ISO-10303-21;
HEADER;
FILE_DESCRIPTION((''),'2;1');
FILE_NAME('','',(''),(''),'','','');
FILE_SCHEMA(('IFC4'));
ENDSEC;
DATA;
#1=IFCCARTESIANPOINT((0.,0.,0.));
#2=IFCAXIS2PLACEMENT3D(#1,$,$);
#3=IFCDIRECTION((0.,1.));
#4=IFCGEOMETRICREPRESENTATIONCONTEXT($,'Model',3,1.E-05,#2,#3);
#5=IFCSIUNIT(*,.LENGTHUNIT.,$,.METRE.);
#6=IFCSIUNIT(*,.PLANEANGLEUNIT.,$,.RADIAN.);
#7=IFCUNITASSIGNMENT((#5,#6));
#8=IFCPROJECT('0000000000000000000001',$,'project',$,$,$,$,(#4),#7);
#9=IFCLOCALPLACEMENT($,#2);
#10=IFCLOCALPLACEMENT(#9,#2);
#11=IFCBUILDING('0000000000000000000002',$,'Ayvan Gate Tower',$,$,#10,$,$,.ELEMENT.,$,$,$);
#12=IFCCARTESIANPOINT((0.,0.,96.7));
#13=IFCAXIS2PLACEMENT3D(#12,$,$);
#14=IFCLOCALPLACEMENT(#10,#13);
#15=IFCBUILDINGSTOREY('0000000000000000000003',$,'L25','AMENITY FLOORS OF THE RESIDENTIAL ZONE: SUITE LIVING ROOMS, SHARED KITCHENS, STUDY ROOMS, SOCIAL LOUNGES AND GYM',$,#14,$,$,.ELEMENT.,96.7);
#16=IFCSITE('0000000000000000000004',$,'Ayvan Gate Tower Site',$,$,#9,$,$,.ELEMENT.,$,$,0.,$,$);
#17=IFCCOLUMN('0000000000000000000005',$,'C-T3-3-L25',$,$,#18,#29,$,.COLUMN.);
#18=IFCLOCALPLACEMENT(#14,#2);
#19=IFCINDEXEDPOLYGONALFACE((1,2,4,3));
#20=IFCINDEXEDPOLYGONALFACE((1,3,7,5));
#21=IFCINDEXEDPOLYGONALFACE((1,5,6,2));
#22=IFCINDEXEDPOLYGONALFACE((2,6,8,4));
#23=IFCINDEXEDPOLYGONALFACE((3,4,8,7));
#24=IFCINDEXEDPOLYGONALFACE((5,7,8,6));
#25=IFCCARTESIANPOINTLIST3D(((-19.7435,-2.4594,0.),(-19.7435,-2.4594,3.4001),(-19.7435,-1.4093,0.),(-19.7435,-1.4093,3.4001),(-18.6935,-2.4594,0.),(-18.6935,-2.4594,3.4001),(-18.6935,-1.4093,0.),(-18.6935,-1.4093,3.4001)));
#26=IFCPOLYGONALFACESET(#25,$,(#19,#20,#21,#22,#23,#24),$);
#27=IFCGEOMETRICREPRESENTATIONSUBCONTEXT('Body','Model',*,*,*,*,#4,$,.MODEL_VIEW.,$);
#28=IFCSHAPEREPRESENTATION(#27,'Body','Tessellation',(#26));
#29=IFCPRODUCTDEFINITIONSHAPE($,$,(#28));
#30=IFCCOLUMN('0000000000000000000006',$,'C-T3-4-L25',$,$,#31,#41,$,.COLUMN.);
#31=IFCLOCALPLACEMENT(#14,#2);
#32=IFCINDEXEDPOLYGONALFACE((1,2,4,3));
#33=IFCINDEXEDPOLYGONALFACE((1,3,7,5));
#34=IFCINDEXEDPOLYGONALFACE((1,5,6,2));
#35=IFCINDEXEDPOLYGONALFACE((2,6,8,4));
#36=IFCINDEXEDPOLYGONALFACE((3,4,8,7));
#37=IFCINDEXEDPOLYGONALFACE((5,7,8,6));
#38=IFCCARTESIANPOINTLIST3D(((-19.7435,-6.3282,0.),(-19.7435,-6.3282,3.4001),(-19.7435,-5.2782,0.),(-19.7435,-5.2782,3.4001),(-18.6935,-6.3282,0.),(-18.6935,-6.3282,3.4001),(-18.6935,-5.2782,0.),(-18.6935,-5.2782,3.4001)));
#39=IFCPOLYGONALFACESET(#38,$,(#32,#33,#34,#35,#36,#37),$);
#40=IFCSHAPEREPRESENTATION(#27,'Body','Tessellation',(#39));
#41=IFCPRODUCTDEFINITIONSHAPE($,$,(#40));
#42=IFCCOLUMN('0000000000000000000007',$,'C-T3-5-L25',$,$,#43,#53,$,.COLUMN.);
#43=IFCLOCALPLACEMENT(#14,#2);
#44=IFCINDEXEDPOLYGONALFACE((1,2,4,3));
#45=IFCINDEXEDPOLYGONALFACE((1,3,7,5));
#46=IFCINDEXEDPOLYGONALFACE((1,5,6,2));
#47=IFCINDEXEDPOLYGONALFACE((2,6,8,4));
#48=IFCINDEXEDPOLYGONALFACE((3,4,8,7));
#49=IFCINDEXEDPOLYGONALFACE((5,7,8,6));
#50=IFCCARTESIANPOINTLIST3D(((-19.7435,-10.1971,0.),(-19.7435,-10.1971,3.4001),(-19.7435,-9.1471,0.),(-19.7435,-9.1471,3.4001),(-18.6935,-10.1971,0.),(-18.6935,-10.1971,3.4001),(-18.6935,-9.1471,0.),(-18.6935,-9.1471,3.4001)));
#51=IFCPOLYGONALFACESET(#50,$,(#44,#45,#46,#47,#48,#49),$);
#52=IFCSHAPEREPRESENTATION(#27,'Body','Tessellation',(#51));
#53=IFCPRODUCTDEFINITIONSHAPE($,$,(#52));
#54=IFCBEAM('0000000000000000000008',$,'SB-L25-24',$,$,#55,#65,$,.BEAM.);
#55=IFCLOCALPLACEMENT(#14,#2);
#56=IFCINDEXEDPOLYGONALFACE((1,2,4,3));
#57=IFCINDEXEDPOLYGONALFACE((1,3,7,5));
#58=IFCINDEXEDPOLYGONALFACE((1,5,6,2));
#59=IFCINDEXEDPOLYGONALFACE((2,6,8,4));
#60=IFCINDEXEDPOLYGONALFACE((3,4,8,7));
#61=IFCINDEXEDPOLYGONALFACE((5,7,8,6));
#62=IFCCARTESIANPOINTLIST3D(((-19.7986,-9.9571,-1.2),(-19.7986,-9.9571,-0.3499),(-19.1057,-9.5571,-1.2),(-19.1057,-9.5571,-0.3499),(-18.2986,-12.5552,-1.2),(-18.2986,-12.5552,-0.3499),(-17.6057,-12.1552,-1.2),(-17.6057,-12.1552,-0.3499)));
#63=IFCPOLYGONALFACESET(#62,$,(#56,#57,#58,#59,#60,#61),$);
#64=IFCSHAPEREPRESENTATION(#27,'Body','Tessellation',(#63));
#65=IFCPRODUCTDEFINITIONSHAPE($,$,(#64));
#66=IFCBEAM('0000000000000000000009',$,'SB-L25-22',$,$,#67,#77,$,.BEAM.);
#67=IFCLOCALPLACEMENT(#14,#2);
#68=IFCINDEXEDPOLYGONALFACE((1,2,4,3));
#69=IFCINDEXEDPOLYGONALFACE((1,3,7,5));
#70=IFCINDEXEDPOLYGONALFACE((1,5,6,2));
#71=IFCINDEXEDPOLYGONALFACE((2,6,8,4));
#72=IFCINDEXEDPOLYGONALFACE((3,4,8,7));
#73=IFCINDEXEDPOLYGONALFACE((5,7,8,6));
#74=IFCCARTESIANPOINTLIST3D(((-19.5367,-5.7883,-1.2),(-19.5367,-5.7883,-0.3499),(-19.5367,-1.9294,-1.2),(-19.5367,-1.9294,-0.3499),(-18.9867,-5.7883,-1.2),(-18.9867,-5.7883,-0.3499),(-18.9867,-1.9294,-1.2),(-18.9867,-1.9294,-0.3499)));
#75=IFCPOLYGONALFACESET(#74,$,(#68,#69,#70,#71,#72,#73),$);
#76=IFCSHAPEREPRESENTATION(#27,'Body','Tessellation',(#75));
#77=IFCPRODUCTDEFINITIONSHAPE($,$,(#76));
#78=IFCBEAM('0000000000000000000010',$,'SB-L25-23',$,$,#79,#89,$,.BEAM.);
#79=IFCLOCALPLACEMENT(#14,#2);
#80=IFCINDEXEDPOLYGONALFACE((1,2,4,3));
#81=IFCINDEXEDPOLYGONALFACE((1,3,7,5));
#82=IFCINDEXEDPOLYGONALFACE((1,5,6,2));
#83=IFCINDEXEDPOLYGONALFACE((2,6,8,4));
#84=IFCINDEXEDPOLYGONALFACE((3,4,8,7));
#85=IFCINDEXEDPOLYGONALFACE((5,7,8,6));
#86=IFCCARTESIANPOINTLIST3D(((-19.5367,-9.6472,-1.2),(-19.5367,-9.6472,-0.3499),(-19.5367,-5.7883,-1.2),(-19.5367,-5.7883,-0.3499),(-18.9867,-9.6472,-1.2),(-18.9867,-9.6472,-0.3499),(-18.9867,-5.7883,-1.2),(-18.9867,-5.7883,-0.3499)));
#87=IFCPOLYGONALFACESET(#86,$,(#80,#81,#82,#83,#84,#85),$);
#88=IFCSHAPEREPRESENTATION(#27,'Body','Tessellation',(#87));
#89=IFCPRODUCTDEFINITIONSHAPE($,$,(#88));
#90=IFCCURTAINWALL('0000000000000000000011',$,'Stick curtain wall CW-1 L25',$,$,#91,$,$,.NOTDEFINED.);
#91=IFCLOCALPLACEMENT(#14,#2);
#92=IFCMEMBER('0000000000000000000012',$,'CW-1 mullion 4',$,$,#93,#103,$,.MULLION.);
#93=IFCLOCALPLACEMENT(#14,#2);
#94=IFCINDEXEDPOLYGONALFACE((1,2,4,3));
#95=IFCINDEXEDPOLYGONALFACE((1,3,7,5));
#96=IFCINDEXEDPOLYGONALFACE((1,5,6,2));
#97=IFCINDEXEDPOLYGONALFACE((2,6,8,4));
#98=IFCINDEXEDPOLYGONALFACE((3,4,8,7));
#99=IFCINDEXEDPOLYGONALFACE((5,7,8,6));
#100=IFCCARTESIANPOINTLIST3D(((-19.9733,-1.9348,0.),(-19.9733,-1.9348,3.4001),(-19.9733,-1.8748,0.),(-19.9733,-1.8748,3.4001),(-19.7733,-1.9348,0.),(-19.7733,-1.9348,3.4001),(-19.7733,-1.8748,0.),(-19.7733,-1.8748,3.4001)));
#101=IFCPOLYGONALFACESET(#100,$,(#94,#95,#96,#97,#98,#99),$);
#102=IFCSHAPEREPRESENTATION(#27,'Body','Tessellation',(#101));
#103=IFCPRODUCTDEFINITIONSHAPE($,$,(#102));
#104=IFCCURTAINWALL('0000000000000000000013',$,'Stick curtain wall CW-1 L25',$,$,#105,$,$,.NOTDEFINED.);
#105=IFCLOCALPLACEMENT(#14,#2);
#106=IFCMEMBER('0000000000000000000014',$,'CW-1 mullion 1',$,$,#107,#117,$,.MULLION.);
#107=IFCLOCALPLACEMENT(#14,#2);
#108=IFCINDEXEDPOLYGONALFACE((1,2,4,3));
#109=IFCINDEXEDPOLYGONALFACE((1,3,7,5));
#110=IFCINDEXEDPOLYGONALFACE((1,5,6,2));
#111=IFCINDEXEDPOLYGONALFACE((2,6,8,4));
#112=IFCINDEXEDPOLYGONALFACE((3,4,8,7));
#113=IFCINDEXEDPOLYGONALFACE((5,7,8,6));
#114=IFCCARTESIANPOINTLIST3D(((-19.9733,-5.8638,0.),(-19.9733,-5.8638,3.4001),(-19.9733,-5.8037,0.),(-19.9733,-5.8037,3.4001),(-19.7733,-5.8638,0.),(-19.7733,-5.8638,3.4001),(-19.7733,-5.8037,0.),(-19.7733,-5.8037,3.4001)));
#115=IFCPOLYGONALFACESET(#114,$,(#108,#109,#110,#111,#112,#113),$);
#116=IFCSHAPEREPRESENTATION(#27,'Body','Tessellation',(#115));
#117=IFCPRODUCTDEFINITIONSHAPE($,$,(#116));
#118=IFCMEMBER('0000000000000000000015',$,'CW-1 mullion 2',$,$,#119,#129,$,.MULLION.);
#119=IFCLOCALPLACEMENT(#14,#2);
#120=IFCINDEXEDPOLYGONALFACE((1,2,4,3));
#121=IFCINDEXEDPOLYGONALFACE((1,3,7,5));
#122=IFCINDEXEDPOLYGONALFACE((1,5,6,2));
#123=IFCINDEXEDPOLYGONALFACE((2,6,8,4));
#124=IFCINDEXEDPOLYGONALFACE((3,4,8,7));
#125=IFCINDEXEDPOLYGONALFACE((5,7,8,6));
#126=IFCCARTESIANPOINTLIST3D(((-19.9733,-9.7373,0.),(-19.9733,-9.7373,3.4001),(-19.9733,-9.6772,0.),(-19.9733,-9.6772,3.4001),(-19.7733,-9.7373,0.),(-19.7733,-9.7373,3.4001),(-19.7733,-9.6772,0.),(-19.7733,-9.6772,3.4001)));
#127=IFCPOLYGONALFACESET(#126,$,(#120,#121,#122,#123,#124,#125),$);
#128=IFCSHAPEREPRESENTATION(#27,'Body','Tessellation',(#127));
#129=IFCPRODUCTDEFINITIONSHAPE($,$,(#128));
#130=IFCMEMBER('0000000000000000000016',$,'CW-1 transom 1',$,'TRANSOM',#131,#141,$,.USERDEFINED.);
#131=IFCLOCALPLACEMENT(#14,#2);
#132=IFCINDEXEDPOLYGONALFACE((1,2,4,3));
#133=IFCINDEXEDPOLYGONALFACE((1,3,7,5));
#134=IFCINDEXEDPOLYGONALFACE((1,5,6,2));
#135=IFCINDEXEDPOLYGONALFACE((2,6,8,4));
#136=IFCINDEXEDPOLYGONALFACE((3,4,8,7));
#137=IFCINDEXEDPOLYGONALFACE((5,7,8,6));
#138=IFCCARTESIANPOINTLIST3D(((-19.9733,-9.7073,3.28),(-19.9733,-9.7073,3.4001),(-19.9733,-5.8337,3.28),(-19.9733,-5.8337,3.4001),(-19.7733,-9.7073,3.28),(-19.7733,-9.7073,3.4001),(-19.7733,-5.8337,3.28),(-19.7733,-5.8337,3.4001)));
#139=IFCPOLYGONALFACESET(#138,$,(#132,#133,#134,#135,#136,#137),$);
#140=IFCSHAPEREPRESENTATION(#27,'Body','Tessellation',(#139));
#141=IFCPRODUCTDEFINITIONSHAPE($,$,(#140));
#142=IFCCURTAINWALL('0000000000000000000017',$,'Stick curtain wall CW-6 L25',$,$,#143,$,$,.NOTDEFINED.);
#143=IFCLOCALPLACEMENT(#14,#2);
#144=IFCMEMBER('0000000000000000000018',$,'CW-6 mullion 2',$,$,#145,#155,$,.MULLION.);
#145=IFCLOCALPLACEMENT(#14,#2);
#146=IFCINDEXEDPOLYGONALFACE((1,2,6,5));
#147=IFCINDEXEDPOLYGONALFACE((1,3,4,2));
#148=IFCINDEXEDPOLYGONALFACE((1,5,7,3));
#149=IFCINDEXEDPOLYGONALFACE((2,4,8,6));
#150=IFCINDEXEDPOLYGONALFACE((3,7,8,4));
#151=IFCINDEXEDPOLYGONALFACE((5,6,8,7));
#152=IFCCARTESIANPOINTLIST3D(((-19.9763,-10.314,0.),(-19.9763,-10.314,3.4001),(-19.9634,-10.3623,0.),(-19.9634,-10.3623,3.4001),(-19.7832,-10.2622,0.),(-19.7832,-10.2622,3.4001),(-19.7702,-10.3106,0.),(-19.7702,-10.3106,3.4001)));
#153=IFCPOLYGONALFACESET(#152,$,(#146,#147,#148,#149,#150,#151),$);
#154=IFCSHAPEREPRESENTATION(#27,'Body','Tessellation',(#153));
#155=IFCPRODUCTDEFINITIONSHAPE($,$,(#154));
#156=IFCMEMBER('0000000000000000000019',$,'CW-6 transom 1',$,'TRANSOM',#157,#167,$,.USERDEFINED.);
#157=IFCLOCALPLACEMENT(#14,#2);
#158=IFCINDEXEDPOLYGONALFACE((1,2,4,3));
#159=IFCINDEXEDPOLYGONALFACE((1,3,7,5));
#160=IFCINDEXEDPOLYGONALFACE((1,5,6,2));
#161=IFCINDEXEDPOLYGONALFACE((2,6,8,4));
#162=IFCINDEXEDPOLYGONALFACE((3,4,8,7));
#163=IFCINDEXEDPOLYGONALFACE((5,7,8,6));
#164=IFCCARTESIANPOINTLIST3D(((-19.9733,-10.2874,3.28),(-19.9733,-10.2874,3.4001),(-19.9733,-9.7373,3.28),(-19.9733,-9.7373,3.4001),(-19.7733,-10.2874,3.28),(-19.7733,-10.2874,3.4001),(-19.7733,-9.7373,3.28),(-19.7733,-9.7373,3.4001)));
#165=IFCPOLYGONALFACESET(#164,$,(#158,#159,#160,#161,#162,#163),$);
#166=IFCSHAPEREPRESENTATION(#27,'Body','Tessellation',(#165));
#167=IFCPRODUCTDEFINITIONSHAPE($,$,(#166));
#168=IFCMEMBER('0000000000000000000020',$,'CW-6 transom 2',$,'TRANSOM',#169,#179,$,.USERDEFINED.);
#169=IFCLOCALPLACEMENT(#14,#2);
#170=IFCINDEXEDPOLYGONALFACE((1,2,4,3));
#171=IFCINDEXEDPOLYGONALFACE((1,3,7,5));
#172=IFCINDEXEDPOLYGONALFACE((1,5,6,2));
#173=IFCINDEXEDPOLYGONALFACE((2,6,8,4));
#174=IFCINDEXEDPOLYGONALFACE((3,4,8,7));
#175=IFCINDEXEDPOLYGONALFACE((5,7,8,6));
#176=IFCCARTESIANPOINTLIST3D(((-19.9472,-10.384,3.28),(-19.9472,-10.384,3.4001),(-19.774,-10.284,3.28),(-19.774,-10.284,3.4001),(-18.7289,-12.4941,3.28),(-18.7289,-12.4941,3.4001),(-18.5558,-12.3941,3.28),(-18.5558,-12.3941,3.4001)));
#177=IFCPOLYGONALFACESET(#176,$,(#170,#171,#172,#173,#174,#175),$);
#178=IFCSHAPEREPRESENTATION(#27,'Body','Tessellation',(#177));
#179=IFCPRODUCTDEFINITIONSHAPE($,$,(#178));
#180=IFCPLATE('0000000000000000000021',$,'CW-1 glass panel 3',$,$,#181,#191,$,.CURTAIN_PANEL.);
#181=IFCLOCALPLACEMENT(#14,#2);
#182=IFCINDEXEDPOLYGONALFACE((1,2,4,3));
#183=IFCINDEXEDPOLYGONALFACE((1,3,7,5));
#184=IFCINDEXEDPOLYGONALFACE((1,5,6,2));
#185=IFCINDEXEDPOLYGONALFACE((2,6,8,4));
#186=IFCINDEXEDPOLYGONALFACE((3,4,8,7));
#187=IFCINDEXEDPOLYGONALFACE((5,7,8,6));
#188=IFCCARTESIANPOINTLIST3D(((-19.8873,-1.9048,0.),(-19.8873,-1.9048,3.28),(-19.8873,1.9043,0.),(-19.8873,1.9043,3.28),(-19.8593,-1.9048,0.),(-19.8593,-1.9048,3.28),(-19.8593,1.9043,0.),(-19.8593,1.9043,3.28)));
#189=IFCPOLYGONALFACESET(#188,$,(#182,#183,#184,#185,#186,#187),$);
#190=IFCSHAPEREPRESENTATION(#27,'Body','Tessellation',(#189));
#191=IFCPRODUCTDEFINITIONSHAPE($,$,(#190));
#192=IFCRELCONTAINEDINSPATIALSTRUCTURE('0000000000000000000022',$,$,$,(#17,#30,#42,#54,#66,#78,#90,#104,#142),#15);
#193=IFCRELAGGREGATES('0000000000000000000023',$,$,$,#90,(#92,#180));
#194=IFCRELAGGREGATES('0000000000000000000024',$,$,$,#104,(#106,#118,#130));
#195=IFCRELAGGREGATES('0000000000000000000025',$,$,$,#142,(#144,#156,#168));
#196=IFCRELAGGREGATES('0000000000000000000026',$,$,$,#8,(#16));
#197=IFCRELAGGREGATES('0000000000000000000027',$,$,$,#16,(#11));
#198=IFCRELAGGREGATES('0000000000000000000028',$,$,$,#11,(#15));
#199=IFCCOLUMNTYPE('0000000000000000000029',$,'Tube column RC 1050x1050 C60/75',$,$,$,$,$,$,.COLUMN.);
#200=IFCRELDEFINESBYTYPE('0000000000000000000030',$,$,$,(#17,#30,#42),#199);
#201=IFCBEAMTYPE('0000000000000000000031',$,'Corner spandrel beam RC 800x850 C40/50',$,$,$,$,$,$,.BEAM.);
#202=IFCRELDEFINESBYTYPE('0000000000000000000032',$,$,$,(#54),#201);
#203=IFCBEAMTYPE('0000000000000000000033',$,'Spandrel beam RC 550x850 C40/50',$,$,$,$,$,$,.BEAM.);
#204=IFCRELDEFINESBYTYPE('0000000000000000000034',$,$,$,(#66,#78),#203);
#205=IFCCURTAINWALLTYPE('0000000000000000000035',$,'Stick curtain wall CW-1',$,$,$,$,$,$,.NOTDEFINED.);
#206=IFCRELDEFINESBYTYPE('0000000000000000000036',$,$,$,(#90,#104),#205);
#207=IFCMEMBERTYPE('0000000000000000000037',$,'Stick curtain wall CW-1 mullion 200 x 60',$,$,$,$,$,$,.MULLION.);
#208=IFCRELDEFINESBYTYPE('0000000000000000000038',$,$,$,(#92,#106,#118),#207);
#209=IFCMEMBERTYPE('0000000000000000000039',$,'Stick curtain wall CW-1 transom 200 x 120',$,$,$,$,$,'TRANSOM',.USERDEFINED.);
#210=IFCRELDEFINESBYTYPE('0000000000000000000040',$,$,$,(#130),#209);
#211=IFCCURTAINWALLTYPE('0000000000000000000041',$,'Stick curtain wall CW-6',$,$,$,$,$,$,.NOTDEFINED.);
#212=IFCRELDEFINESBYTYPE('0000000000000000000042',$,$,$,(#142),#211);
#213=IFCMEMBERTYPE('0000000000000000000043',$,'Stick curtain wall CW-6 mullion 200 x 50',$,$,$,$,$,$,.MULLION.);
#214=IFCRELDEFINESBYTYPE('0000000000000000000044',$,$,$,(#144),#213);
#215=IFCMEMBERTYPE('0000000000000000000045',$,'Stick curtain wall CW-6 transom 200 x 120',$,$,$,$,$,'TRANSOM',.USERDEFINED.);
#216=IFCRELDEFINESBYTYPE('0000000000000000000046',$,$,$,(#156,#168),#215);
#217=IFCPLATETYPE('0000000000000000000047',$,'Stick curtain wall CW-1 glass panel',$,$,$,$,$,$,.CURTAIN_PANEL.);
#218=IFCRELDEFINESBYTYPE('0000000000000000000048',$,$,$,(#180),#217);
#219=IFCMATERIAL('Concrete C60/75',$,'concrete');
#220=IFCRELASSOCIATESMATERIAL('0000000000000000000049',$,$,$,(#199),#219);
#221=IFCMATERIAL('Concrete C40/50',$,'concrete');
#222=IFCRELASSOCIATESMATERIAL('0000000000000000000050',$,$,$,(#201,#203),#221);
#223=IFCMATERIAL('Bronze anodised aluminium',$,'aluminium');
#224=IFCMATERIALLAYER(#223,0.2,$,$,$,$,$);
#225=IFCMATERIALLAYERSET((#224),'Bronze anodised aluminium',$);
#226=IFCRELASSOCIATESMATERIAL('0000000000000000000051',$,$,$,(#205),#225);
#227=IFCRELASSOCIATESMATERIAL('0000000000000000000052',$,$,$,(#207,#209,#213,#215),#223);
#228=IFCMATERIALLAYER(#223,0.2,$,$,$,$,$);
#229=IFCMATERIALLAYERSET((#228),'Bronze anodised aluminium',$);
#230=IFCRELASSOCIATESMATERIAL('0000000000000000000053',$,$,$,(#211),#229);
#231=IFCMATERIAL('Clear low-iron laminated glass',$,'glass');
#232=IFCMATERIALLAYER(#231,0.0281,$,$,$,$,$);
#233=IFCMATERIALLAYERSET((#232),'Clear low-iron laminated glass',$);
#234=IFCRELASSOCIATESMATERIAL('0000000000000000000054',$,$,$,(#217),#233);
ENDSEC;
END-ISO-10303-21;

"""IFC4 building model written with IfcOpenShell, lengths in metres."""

from ifc_helpers import new_model, si_unit, direction, frame, origin, origin_2d, place, context, subcontext, project, spatial, rectangle, extrude, material, layer, layer_set, material_profile, profile_set, type_object, element, aggregate, save


model = new_model("IFC4")

# Units and contexts
model_context = context("Model", 3, precision=1e-05, world=origin(), true_north=direction((0.0, 1.0)))
body_context = subcontext(model_context, "Body", "Model", "MODEL_VIEW")
ifc_project = project(units=[si_unit("LENGTHUNIT", "METRE"), si_unit("PLANEANGLEUNIT", "RADIAN")], contexts=[model_context])

# Site, building, storey
site_placement = place(None, origin())
site = spatial("IfcSite", under=ifc_project, at=site_placement, Name="Ayvan Gate Tower Site", CompositionType="ELEMENT", RefElevation=0.0)
building_placement = place(site_placement, origin())
building = spatial("IfcBuilding", under=site, at=building_placement, Name="Ayvan Gate Tower", CompositionType="ELEMENT")
storey_placement = place(building_placement, frame((0.0, 0.0, 96.7)))
storey = spatial("IfcBuildingStorey", under=building, at=storey_placement, Name="L25", Description="AMENITY FLOORS OF THE RESIDENTIAL ZONE: SUITE LIVING ROOMS, SHARED KITCHENS, STUDY ROOMS, SOCIAL LOUNGES AND GYM", CompositionType="ELEMENT", Elevation=96.7)

# Columns
ifc_material_1 = material(Name="Concrete C60/75", Category="concrete")
ifc_material_profile_1 = material_profile(ifc_material_1, rectangle(XDim=1.05, YDim=1.05, at=origin_2d()), Name="RC 1050x1050")
ifc_profile_set_1 = profile_set([ifc_material_profile_1], Name="Concrete C60/75")
column_type = type_object("IfcColumnType", Name="Tube column RC 1050x1050 C60/75", PredefinedType="COLUMN", material=ifc_profile_set_1)
for number, where, z_axis, x_axis, name in (
    (1, (-19.2185, -1.9343, 0.0), (0.0, 0.0, 1.0), (-1.0, 0.0, 0.0), "C-T3-3-L25"),
    (2, (-19.2185, -5.8032, 0.0), (0.0, 0.0, 1.0), (-1.0, 0.0, 0.0), "C-T3-4-L25"),
    (3, (-19.2185, -9.6721, 0.0), (0.0, 0.0, 1.0), (-1.0, 0.0, 0.0), "C-T3-5-L25"),
):
    element("IfcColumn", number, at=place(storey_placement, frame(where, z_axis=z_axis, x_axis=x_axis)), inside=storey, type_object=column_type, Name=name, PredefinedType="COLUMN", context=body_context, shape_type="SweptSolid", body=[
        extrude(rectangle(XDim=1.05, YDim=1.05, at=origin_2d()), origin(), (0.0, 0.0, 1.0), 3.4001),
    ])

# Beams
ifc_material_2 = material(Name="Concrete C40/50", Category="concrete")
ifc_material_profile_2 = material_profile(ifc_material_2, rectangle(XDim=0.8, YDim=0.8501, at=origin_2d()), Name="RC 800x850")
ifc_profile_set_2 = profile_set([ifc_material_profile_2], Name="Concrete C40/50")
beam_type_1 = type_object("IfcBeamType", Name="Corner spandrel beam RC 800x850 C40/50", PredefinedType="BEAM", material=ifc_profile_set_2)
beam_placement = place(storey_placement, frame((-19.4521, -9.7571, -0.7749), z_axis=(0.49999, -0.866031, 0.0), x_axis=(0.866031, 0.49999, 0.0)))
element("IfcBeam", 4, at=beam_placement, inside=storey, type_object=beam_type_1, Name="SB-L25-24", PredefinedType="BEAM", context=body_context, shape_type="SweptSolid", body=[
    extrude(rectangle(XDim=0.8, YDim=0.8501, at=origin_2d()), origin(), (0.0, 0.0, 1.0), 3.0),
])
ifc_material_profile_3 = material_profile(ifc_material_2, rectangle(XDim=0.55, YDim=0.8501, at=origin_2d()), Name="RC 550x850")
ifc_profile_set_3 = profile_set([ifc_material_profile_3], Name="Concrete C40/50")
beam_type_2 = type_object("IfcBeamType", Name="Spandrel beam RC 550x850 C40/50", PredefinedType="BEAM", material=ifc_profile_set_3)
for number, where, z_axis, x_axis, name in (
    (5, (-19.2617, -1.9294, -0.7749), (0.0, -1.0, 0.0), (1.0, 0.0, 0.0), "SB-L25-22"),
    (6, (-19.2617, -5.7883, -0.7749), (0.0, -1.0, 0.0), (1.0, 0.0, 0.0), "SB-L25-23"),
):
    element("IfcBeam", number, at=place(storey_placement, frame(where, z_axis=z_axis, x_axis=x_axis)), inside=storey, type_object=beam_type_2, Name=name, PredefinedType="BEAM", context=body_context, shape_type="SweptSolid", body=[
        extrude(rectangle(XDim=0.55, YDim=0.8501, at=origin_2d()), origin(), (0.0, 0.0, 1.0), 3.8589),
    ])

# Curtain wall, member
ifc_material_3 = material(Name="Bronze anodised aluminium", Category="aluminium")
ifc_layer_1 = layer(ifc_material_3, 0.2)
ifc_layer_set_1 = layer_set([ifc_layer_1], Name="Bronze anodised aluminium")
curtain_wall_type_1 = type_object("IfcCurtainWallType", Name="Stick curtain wall CW-1", PredefinedType="NOTDEFINED", material=ifc_layer_set_1)
curtain_wall_1_placement = place(storey_placement, origin())
curtain_wall_1 = element("IfcCurtainWall", 7, at=curtain_wall_1_placement, inside=storey, type_object=curtain_wall_type_1, Name="Stick curtain wall CW-1 L25", PredefinedType="NOTDEFINED")
ifc_material_profile_4 = material_profile(ifc_material_3, rectangle(XDim=0.2, YDim=0.0601, at=origin_2d()), Name="Stick curtain wall CW-1 mullion 200 x 60")
ifc_profile_set_4 = profile_set([ifc_material_profile_4], Name="Bronze anodised aluminium")
member_type_1 = type_object("IfcMemberType", Name="Stick curtain wall CW-1 mullion 200 x 60", PredefinedType="MULLION", material=ifc_profile_set_4)
member_1_placement = place(storey_placement, frame((-19.8733, -1.9048, 0.0), z_axis=(0.0, 0.0, 1.0), x_axis=(-1.0, 0.0, 0.0)))
member_1 = element("IfcMember", 8, at=member_1_placement, type_object=member_type_1, Name="CW-1 mullion 4", PredefinedType="MULLION", context=body_context, shape_type="SweptSolid", body=[
    extrude(rectangle(XDim=0.2, YDim=0.0601, at=origin_2d()), origin(), (0.0, 0.0, 1.0), 3.4001),
])

# Curtain walls, members
curtain_wall_2_placement = place(storey_placement, origin())
curtain_wall_2 = element("IfcCurtainWall", 9, at=curtain_wall_2_placement, inside=storey, type_object=curtain_wall_type_1, Name="Stick curtain wall CW-1 L25", PredefinedType="NOTDEFINED")
member_2_placement = place(storey_placement, frame((-19.8733, -5.8337, 0.0), z_axis=(0.0, 0.0, 1.0), x_axis=(-1.0, 0.0, 0.0)))
member_2 = element("IfcMember", 10, at=member_2_placement, type_object=member_type_1, Name="CW-1 mullion 1", PredefinedType="MULLION", context=body_context, shape_type="SweptSolid", body=[
    extrude(rectangle(XDim=0.2, YDim=0.0601, at=origin_2d()), origin(), (0.0, 0.0, 1.0), 3.4001),
])
member_3_placement = place(storey_placement, frame((-19.8733, -9.7073, 0.0), z_axis=(0.0, 0.0, 1.0), x_axis=(-1.0, 0.0, 0.0)))
member_3 = element("IfcMember", 11, at=member_3_placement, type_object=member_type_1, Name="CW-1 mullion 2", PredefinedType="MULLION", context=body_context, shape_type="SweptSolid", body=[
    extrude(rectangle(XDim=0.2, YDim=0.0601, at=origin_2d()), origin(), (0.0, 0.0, 1.0), 3.4001),
])
ifc_material_profile_5 = material_profile(ifc_material_3, rectangle(XDim=0.2, YDim=0.1201, at=origin_2d()), Name="Stick curtain wall CW-1 transom 200 x 120")
ifc_profile_set_5 = profile_set([ifc_material_profile_5], Name="Bronze anodised aluminium")
member_type_2 = type_object("IfcMemberType", Name="Stick curtain wall CW-1 transom 200 x 120", ElementType="TRANSOM", PredefinedType="USERDEFINED", material=ifc_profile_set_5)
member_4_placement = place(storey_placement, frame((-19.8733, -5.8337, 3.3401), z_axis=(0.0, -1.0, 0.0), x_axis=(1.0, 0.0, 0.0)))
member_4 = element("IfcMember", 12, at=member_4_placement, type_object=member_type_2, Name="CW-1 transom 1", ObjectType="TRANSOM", PredefinedType="USERDEFINED", context=body_context, shape_type="SweptSolid", body=[
    extrude(rectangle(XDim=0.2, YDim=0.1201, at=origin_2d()), origin(), (0.0, 0.0, 1.0), 3.8735),
])
ifc_layer_2 = layer(ifc_material_3, 0.2)
ifc_layer_set_2 = layer_set([ifc_layer_2], Name="Bronze anodised aluminium")
curtain_wall_type_2 = type_object("IfcCurtainWallType", Name="Stick curtain wall CW-6", PredefinedType="NOTDEFINED", material=ifc_layer_set_2)
curtain_wall_3_placement = place(storey_placement, origin())
curtain_wall_3 = element("IfcCurtainWall", 13, at=curtain_wall_3_placement, inside=storey, type_object=curtain_wall_type_2, Name="Stick curtain wall CW-6 L25", PredefinedType="NOTDEFINED")
ifc_material_profile_6 = material_profile(ifc_material_3, rectangle(XDim=0.2, YDim=0.05, at=origin_2d()), Name="Stick curtain wall CW-6 mullion 200 x 50")
ifc_profile_set_6 = profile_set([ifc_material_profile_6], Name="Bronze anodised aluminium")
member_type_3 = type_object("IfcMemberType", Name="Stick curtain wall CW-6 mullion 200 x 50", PredefinedType="MULLION", material=ifc_profile_set_6)
member_5_placement = place(storey_placement, frame((-19.8733, -10.3123, 0.0), z_axis=(0.0, 0.0, 1.0), x_axis=(-0.965926, -0.258819, 0.0)))
member_5 = element("IfcMember", 14, at=member_5_placement, type_object=member_type_3, Name="CW-6 mullion 2", PredefinedType="MULLION", context=body_context, shape_type="SweptSolid", body=[
    extrude(rectangle(XDim=0.2, YDim=0.05, at=origin_2d()), origin(), (0.0, 0.0, 1.0), 3.4001),
])
ifc_material_profile_7 = material_profile(ifc_material_3, rectangle(XDim=0.2, YDim=0.1201, at=origin_2d()), Name="Stick curtain wall CW-6 transom 200 x 120")
ifc_profile_set_7 = profile_set([ifc_material_profile_7], Name="Bronze anodised aluminium")
member_type_4 = type_object("IfcMemberType", Name="Stick curtain wall CW-6 transom 200 x 120", ElementType="TRANSOM", PredefinedType="USERDEFINED", material=ifc_profile_set_7)
member_6_placement = place(storey_placement, frame((-19.8733, -9.7373, 3.3401), z_axis=(0.0, -1.0, 0.0), x_axis=(1.0, 0.0, 0.0)))
member_6 = element("IfcMember", 15, at=member_6_placement, type_object=member_type_4, Name="CW-6 transom 1", ObjectType="TRANSOM", PredefinedType="USERDEFINED", context=body_context, shape_type="SweptSolid", body=[
    extrude(rectangle(XDim=0.2, YDim=0.1201, at=origin_2d()), origin(), (0.0, 0.0, 1.0), 0.55),
])
member_7_placement = place(storey_placement, frame((-19.8606, -10.334, 3.3401), z_axis=(0.499997, -0.866027, 0.0), x_axis=(0.866027, 0.499997, 0.0)))
member_7 = element("IfcMember", 16, at=member_7_placement, type_object=member_type_4, Name="CW-6 transom 2", ObjectType="TRANSOM", PredefinedType="USERDEFINED", context=body_context, shape_type="SweptSolid", body=[
    extrude(rectangle(XDim=0.2, YDim=0.1201, at=origin_2d()), origin(), (0.0, 0.0, 1.0), 2.4365),
])

# Plate
ifc_material_4 = material(Name="Clear low-iron laminated glass", Category="glass")
ifc_layer_3 = layer(ifc_material_4, 0.0281)
ifc_layer_set_3 = layer_set([ifc_layer_3], Name="Clear low-iron laminated glass")
plate_type_1 = type_object("IfcPlateType", Name="Stick curtain wall CW-1 glass panel", PredefinedType="CURTAIN_PANEL", material=ifc_layer_set_3)
plate_1_placement = place(storey_placement, frame((-19.8733, -0.0002, 0.0), z_axis=(0.0, 0.0, 1.0), x_axis=(0.0, -1.0, 0.0)))
plate_1 = element("IfcPlate", 17, at=plate_1_placement, type_object=plate_type_1, Name="CW-1 glass panel 3", PredefinedType="CURTAIN_PANEL", context=body_context, shape_type="SweptSolid", body=[
    extrude(rectangle(XDim=3.8091, YDim=0.0281, at=origin_2d()), origin(), (0.0, 0.0, 1.0), 3.28),
])
aggregate(curtain_wall_1, [member_1, plate_1])
aggregate(curtain_wall_2, [member_2, member_3, member_4])
aggregate(curtain_wall_3, [member_5, member_6, member_7])

save(model, "model.ifc")
